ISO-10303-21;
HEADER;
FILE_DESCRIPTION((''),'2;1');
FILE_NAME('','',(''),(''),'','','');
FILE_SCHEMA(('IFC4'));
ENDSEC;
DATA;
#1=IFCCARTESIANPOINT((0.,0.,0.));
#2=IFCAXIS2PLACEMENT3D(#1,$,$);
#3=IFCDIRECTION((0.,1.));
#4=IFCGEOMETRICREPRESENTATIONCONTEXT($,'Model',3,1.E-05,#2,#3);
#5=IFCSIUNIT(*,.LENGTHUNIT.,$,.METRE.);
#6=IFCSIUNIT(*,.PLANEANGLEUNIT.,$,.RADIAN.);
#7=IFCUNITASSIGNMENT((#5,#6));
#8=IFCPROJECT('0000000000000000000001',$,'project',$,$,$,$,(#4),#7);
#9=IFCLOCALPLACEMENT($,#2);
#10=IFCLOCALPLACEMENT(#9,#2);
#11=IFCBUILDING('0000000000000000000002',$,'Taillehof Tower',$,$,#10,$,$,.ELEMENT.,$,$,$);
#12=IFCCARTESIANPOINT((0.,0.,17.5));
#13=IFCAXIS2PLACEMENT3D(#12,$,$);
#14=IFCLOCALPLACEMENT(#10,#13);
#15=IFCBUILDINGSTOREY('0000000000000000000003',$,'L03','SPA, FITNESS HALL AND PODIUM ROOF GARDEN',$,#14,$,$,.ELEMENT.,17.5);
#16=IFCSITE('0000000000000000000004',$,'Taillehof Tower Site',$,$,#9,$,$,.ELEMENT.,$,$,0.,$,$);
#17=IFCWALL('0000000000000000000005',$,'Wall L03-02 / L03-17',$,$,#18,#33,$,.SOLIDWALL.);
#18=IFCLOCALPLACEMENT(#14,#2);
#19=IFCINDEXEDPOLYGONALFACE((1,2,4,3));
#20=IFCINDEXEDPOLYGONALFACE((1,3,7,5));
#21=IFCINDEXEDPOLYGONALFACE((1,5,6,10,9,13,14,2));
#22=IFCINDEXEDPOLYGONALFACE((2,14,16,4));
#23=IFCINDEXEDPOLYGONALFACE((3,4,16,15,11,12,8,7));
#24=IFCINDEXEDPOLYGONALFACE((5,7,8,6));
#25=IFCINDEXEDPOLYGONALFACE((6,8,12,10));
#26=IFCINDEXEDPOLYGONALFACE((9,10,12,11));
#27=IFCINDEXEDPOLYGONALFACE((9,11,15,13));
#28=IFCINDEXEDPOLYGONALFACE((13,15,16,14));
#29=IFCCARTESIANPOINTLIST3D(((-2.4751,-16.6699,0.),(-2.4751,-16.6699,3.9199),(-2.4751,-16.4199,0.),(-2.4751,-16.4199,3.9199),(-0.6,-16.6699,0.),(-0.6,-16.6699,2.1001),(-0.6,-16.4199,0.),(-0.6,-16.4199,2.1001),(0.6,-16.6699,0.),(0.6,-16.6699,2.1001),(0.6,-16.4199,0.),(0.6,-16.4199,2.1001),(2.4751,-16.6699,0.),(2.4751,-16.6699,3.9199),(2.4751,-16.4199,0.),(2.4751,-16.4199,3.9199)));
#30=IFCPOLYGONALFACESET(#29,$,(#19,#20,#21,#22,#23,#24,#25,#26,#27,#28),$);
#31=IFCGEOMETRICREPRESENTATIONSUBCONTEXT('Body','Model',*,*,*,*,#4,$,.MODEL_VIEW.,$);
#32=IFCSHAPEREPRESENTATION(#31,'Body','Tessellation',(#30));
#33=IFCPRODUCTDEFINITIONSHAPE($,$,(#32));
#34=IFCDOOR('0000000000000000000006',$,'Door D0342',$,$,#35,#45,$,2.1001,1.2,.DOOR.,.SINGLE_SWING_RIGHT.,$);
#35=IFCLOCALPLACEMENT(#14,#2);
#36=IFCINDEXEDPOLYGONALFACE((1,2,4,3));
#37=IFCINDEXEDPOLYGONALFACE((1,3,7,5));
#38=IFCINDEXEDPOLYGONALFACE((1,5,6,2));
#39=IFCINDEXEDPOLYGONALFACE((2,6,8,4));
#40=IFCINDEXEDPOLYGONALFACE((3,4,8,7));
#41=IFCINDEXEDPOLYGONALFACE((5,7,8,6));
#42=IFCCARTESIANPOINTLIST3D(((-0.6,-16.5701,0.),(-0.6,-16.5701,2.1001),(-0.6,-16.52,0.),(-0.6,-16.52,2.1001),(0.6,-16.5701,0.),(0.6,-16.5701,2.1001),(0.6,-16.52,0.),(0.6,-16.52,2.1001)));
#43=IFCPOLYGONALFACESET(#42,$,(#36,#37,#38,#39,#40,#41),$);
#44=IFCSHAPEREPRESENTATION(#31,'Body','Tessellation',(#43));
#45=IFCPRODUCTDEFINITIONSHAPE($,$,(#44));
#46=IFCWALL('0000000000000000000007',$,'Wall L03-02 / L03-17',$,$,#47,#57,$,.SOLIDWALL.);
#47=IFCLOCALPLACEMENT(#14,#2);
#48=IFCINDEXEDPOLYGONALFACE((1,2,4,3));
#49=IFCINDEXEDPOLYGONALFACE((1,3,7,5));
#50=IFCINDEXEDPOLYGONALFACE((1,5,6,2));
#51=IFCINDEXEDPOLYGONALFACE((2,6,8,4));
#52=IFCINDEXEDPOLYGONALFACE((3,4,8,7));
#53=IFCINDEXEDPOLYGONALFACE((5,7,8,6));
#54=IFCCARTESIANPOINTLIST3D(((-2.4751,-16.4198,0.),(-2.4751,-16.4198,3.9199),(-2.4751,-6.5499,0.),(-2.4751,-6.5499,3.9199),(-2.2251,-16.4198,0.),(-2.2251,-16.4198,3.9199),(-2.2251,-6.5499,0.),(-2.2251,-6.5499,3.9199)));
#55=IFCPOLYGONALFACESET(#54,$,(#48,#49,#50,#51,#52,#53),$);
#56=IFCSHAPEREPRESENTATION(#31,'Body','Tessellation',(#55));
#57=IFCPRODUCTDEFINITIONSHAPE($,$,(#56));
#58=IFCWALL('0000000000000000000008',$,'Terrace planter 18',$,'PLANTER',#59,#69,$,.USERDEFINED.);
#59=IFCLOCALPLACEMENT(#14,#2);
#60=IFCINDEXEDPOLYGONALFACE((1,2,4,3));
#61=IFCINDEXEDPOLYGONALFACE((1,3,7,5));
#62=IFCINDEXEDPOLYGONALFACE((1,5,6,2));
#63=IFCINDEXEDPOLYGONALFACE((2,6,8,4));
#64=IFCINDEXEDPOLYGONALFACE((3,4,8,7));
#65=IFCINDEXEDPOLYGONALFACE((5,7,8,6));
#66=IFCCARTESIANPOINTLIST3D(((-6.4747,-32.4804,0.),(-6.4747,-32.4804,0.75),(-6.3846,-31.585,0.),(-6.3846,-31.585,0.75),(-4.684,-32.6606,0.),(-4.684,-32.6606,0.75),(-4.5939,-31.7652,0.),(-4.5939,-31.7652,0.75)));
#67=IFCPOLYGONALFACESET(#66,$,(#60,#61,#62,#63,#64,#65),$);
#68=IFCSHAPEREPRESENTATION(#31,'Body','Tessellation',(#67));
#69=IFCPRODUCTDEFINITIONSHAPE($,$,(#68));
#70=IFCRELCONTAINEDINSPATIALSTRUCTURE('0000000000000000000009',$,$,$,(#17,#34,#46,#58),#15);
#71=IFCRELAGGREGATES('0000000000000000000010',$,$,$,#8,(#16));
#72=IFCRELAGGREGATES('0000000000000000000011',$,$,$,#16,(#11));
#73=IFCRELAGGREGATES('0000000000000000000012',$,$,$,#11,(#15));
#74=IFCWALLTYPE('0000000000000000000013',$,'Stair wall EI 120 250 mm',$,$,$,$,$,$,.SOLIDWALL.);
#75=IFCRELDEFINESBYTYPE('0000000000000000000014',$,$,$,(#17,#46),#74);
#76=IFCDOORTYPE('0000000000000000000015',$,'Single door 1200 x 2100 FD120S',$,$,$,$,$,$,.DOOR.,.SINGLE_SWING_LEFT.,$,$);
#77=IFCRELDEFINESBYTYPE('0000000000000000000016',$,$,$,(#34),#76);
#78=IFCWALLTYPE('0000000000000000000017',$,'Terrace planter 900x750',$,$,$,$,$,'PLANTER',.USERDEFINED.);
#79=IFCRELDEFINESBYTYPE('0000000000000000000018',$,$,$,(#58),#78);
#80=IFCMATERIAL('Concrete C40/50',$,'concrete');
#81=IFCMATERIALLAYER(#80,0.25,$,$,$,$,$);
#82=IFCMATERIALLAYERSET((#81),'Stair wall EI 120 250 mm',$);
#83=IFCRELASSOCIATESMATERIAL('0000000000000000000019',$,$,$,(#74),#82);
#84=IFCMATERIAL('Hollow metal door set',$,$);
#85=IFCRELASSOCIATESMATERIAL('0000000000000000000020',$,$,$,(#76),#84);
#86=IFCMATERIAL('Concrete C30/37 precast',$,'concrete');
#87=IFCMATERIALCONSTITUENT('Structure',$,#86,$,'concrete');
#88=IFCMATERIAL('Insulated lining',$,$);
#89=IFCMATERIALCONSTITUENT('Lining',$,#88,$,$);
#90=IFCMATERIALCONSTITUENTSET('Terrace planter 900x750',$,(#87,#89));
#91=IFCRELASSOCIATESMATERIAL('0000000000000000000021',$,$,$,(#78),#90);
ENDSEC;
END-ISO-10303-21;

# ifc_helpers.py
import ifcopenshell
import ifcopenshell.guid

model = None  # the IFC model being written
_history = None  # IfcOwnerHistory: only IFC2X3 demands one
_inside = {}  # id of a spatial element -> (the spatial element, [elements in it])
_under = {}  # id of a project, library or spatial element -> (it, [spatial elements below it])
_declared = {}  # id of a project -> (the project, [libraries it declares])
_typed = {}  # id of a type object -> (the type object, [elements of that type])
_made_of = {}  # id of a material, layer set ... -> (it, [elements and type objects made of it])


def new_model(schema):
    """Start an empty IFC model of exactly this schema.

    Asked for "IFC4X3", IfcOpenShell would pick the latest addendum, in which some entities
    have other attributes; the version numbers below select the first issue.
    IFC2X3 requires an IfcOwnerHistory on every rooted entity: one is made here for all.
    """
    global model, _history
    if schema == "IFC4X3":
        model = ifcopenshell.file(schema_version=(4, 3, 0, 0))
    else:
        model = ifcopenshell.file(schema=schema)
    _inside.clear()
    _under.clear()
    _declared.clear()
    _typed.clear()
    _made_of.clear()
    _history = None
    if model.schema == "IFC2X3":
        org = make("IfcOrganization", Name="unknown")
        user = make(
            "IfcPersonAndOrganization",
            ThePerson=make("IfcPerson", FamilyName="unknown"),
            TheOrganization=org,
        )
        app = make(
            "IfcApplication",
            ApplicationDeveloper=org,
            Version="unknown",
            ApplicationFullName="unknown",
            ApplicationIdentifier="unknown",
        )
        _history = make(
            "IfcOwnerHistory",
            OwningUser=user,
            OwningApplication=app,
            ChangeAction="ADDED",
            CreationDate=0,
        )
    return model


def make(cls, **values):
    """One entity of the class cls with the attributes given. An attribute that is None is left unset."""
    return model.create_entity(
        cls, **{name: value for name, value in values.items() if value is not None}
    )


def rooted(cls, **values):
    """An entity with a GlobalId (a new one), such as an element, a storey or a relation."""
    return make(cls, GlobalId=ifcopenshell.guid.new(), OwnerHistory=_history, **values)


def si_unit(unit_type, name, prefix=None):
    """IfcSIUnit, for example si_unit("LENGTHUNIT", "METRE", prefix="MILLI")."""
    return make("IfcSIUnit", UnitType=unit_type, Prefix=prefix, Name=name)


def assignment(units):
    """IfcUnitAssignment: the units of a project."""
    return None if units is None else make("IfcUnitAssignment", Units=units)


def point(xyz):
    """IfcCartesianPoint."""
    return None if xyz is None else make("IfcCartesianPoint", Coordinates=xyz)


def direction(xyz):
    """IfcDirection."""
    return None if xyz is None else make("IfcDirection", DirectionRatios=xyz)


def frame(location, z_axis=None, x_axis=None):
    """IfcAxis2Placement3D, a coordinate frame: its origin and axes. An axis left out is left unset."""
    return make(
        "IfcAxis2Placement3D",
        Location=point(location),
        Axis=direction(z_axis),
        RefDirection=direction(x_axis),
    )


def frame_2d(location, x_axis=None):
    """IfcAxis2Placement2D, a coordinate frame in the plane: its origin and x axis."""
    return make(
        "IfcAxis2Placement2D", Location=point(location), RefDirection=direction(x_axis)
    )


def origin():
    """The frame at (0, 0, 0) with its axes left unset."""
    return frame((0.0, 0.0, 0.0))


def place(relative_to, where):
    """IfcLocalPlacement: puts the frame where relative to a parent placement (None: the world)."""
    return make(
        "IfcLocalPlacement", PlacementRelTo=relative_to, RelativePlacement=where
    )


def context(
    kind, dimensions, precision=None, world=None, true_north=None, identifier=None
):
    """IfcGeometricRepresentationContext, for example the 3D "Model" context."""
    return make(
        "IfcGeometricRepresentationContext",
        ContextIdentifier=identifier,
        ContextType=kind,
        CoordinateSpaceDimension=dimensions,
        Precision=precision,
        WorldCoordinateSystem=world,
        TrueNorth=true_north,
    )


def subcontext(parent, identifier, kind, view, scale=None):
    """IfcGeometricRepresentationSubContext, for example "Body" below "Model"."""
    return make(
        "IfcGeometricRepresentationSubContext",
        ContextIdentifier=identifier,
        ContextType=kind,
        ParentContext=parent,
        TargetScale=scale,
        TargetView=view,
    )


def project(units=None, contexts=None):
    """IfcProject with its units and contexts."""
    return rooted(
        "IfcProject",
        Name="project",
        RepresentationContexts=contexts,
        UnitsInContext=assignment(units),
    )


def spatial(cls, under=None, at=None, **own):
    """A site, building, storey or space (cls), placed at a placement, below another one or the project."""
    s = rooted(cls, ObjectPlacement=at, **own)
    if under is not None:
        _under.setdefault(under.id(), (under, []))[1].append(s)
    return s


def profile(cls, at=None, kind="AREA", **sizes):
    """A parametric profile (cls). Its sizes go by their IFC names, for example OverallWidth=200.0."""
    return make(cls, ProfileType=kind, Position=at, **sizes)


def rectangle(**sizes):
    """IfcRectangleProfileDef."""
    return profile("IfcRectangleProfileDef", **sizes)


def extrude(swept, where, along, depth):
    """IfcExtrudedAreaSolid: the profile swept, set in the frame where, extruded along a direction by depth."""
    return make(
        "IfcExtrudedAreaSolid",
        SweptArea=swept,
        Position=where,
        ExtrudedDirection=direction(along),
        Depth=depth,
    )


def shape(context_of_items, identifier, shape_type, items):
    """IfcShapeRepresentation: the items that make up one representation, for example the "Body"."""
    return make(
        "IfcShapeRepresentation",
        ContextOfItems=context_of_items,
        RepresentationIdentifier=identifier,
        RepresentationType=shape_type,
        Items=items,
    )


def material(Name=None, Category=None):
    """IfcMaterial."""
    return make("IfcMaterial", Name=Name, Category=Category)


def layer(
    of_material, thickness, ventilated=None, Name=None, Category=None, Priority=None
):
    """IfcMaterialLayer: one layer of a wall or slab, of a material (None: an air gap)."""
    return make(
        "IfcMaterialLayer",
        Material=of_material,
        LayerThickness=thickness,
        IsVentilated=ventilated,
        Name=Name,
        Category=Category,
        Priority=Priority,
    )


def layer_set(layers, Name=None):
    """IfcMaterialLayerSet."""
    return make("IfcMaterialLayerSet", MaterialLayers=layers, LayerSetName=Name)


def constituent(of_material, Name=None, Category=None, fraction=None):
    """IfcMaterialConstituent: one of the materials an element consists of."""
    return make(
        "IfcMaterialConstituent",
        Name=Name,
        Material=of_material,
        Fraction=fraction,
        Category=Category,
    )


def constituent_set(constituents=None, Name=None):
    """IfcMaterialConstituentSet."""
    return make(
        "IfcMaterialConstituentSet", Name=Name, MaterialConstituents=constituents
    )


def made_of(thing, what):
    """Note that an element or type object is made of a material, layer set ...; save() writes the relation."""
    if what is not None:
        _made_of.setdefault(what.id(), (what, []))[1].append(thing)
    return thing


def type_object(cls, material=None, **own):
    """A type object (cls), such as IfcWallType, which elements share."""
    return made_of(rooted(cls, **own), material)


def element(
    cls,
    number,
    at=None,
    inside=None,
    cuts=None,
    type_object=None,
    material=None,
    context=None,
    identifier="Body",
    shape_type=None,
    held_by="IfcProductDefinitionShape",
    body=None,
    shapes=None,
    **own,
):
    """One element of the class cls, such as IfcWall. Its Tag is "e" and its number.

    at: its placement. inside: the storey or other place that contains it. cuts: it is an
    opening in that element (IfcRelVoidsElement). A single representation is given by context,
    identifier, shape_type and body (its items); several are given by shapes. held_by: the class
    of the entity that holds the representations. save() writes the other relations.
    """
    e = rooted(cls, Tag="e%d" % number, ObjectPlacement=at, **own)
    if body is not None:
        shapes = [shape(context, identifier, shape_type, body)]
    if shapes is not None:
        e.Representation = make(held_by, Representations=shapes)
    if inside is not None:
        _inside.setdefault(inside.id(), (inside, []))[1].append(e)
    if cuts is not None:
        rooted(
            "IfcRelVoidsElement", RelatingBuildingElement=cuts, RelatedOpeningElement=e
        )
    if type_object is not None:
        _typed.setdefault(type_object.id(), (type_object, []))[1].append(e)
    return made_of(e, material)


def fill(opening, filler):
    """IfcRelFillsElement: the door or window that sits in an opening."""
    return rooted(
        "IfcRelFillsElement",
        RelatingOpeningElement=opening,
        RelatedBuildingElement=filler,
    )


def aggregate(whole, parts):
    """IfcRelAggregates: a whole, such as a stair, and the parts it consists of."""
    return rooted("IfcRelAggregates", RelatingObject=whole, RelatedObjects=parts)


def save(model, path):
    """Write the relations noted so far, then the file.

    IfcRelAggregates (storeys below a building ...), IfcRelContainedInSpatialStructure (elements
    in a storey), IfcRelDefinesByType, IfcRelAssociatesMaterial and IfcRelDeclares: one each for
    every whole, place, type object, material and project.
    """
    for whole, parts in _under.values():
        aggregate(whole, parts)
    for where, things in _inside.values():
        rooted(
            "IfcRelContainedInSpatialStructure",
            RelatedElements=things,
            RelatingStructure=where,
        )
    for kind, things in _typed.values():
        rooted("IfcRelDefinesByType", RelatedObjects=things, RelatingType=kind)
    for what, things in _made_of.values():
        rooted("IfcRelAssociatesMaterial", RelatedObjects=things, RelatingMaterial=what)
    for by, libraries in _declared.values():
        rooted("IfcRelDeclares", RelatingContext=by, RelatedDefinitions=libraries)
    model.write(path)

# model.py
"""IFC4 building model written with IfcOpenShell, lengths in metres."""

from ifc_helpers import new_model, si_unit, direction, frame, frame_2d, origin, place, context, subcontext, project, spatial, rectangle, extrude, material, layer, layer_set, constituent, constituent_set, type_object, element, fill, save


model = new_model("IFC4")

# Units and contexts
model_context = context("Model", 3, precision=1e-05, world=origin(), true_north=direction((0.0, 1.0)))
body_context = subcontext(model_context, "Body", "Model", "MODEL_VIEW")
ifc_project = project(units=[si_unit("LENGTHUNIT", "METRE"), si_unit("PLANEANGLEUNIT", "RADIAN")], contexts=[model_context])

# Site, building, storey
site_placement = place(None, origin())
site = spatial("IfcSite", under=ifc_project, at=site_placement, Name="Taillehof Tower Site", CompositionType="ELEMENT", RefElevation=0.0)
building_placement = place(site_placement, origin())
building = spatial("IfcBuilding", under=site, at=building_placement, Name="Taillehof Tower", CompositionType="ELEMENT")
storey_placement = place(building_placement, frame((0.0, 0.0, 17.5)))
storey = spatial("IfcBuildingStorey", under=building, at=storey_placement, Name="L03", Description="SPA, FITNESS HALL AND PODIUM ROOF GARDEN", CompositionType="ELEMENT", Elevation=17.5)

# Wall, opening, door
ifc_material_1 = material(Name="Concrete C40/50", Category="concrete")
ifc_layer_1 = layer(ifc_material_1, 0.25)
ifc_layer_set_1 = layer_set([ifc_layer_1], Name="Stair wall EI 120 250 mm")
wall_type_1 = type_object("IfcWallType", Name="Stair wall EI 120 250 mm", PredefinedType="SOLIDWALL", material=ifc_layer_set_1)
wall_1_placement = place(storey_placement, frame((-2.4751, -16.5449, 0.0), z_axis=(0.0, 0.0, 1.0), x_axis=(1.0, 0.0, 0.0)))
wall_1 = element("IfcWall", 1, at=wall_1_placement, inside=storey, type_object=wall_type_1, Name="Wall L03-02 / L03-17", PredefinedType="SOLIDWALL", context=body_context, shape_type="SweptSolid", body=[
    extrude(rectangle(XDim=4.9502, YDim=0.25, at=frame_2d((2.4751, 0.0))), origin(), (0.0, 0.0, 1.0), 3.9199),
])
opening_1_placement = place(wall_1_placement, frame((1.875, 0.0, 0.0)))
opening_1 = element("IfcOpeningElement", 2, at=opening_1_placement, cuts=wall_1, PredefinedType="OPENING", context=body_context, shape_type="SweptSolid", body=[
    extrude(rectangle(XDim=1.2, YDim=2.1001, at=frame_2d((0.6001, 1.05))), frame((0.0, 0.135, 0.0), z_axis=(0.0, -1.0, 0.0), x_axis=(1.0, 0.0, 0.0)), (0.0, 0.0, 1.0), 0.27),
])
ifc_material_2 = material(Name="Hollow metal door set")
door_type_1 = type_object("IfcDoorType", Name="Single door 1200 x 2100 FD120S", OperationType="SINGLE_SWING_LEFT", PredefinedType="DOOR", material=ifc_material_2)
door_1_placement = place(opening_1_placement, origin())
door_1 = element("IfcDoor", 3, at=door_1_placement, inside=storey, type_object=door_type_1, Name="Door D0342", OperationType="SINGLE_SWING_RIGHT", OverallHeight=2.1001, OverallWidth=1.2, PredefinedType="DOOR", context=body_context, shape_type="SweptSolid", body=[
    extrude(rectangle(XDim=1.2, YDim=2.1001, at=frame_2d((0.6001, 1.05))), frame((0.0, 0.0249, 0.0), z_axis=(0.0, -1.0, 0.0), x_axis=(1.0, 0.0, 0.0)), (0.0, 0.0, 1.0), 0.05),
])
fill(opening_1, door_1)

# Walls
wall_2_placement = place(storey_placement, frame((-2.3501, -16.4199, 0.0), z_axis=(0.0, 0.0, 1.0), x_axis=(0.0, 1.0, 0.0)))
element("IfcWall", 4, at=wall_2_placement, inside=storey, type_object=wall_type_1, Name="Wall L03-02 / L03-17", PredefinedType="SOLIDWALL", context=body_context, shape_type="SweptSolid", body=[
    extrude(rectangle(XDim=9.8699, YDim=0.25, at=frame_2d((4.9351, 0.0))), origin(), (0.0, 0.0, 1.0), 3.9199),
])
ifc_material_3 = material(Name="Concrete C30/37 precast", Category="concrete")
ifc_constituent_1 = constituent(ifc_material_3, Name="Structure", Category="concrete")
ifc_material_4 = material(Name="Insulated lining")
ifc_constituent_2 = constituent(ifc_material_4, Name="Lining")
ifc_constituent_set_1 = constituent_set(constituents=[ifc_constituent_1, ifc_constituent_2], Name="Terrace planter 900x750")
wall_type_2 = type_object("IfcWallType", Name="Terrace planter 900x750", ElementType="PLANTER", PredefinedType="USERDEFINED", material=ifc_constituent_set_1)
wall_3_placement = place(storey_placement, frame((-6.4297, -32.0327, 0.0), z_axis=(0.0, 0.0, 1.0), x_axis=(0.994977, -0.100108, 0.0)))
element("IfcWall", 5, at=wall_3_placement, inside=storey, type_object=wall_type_2, Name="Terrace planter 18", ObjectType="PLANTER", PredefinedType="USERDEFINED", context=body_context, shape_type="SweptSolid", body=[
    extrude(rectangle(XDim=1.7998, YDim=0.8999, at=frame_2d((0.8999, 0.0))), origin(), (0.0, 0.0, 1.0), 0.75),
])

save(model, "model.ifc")
